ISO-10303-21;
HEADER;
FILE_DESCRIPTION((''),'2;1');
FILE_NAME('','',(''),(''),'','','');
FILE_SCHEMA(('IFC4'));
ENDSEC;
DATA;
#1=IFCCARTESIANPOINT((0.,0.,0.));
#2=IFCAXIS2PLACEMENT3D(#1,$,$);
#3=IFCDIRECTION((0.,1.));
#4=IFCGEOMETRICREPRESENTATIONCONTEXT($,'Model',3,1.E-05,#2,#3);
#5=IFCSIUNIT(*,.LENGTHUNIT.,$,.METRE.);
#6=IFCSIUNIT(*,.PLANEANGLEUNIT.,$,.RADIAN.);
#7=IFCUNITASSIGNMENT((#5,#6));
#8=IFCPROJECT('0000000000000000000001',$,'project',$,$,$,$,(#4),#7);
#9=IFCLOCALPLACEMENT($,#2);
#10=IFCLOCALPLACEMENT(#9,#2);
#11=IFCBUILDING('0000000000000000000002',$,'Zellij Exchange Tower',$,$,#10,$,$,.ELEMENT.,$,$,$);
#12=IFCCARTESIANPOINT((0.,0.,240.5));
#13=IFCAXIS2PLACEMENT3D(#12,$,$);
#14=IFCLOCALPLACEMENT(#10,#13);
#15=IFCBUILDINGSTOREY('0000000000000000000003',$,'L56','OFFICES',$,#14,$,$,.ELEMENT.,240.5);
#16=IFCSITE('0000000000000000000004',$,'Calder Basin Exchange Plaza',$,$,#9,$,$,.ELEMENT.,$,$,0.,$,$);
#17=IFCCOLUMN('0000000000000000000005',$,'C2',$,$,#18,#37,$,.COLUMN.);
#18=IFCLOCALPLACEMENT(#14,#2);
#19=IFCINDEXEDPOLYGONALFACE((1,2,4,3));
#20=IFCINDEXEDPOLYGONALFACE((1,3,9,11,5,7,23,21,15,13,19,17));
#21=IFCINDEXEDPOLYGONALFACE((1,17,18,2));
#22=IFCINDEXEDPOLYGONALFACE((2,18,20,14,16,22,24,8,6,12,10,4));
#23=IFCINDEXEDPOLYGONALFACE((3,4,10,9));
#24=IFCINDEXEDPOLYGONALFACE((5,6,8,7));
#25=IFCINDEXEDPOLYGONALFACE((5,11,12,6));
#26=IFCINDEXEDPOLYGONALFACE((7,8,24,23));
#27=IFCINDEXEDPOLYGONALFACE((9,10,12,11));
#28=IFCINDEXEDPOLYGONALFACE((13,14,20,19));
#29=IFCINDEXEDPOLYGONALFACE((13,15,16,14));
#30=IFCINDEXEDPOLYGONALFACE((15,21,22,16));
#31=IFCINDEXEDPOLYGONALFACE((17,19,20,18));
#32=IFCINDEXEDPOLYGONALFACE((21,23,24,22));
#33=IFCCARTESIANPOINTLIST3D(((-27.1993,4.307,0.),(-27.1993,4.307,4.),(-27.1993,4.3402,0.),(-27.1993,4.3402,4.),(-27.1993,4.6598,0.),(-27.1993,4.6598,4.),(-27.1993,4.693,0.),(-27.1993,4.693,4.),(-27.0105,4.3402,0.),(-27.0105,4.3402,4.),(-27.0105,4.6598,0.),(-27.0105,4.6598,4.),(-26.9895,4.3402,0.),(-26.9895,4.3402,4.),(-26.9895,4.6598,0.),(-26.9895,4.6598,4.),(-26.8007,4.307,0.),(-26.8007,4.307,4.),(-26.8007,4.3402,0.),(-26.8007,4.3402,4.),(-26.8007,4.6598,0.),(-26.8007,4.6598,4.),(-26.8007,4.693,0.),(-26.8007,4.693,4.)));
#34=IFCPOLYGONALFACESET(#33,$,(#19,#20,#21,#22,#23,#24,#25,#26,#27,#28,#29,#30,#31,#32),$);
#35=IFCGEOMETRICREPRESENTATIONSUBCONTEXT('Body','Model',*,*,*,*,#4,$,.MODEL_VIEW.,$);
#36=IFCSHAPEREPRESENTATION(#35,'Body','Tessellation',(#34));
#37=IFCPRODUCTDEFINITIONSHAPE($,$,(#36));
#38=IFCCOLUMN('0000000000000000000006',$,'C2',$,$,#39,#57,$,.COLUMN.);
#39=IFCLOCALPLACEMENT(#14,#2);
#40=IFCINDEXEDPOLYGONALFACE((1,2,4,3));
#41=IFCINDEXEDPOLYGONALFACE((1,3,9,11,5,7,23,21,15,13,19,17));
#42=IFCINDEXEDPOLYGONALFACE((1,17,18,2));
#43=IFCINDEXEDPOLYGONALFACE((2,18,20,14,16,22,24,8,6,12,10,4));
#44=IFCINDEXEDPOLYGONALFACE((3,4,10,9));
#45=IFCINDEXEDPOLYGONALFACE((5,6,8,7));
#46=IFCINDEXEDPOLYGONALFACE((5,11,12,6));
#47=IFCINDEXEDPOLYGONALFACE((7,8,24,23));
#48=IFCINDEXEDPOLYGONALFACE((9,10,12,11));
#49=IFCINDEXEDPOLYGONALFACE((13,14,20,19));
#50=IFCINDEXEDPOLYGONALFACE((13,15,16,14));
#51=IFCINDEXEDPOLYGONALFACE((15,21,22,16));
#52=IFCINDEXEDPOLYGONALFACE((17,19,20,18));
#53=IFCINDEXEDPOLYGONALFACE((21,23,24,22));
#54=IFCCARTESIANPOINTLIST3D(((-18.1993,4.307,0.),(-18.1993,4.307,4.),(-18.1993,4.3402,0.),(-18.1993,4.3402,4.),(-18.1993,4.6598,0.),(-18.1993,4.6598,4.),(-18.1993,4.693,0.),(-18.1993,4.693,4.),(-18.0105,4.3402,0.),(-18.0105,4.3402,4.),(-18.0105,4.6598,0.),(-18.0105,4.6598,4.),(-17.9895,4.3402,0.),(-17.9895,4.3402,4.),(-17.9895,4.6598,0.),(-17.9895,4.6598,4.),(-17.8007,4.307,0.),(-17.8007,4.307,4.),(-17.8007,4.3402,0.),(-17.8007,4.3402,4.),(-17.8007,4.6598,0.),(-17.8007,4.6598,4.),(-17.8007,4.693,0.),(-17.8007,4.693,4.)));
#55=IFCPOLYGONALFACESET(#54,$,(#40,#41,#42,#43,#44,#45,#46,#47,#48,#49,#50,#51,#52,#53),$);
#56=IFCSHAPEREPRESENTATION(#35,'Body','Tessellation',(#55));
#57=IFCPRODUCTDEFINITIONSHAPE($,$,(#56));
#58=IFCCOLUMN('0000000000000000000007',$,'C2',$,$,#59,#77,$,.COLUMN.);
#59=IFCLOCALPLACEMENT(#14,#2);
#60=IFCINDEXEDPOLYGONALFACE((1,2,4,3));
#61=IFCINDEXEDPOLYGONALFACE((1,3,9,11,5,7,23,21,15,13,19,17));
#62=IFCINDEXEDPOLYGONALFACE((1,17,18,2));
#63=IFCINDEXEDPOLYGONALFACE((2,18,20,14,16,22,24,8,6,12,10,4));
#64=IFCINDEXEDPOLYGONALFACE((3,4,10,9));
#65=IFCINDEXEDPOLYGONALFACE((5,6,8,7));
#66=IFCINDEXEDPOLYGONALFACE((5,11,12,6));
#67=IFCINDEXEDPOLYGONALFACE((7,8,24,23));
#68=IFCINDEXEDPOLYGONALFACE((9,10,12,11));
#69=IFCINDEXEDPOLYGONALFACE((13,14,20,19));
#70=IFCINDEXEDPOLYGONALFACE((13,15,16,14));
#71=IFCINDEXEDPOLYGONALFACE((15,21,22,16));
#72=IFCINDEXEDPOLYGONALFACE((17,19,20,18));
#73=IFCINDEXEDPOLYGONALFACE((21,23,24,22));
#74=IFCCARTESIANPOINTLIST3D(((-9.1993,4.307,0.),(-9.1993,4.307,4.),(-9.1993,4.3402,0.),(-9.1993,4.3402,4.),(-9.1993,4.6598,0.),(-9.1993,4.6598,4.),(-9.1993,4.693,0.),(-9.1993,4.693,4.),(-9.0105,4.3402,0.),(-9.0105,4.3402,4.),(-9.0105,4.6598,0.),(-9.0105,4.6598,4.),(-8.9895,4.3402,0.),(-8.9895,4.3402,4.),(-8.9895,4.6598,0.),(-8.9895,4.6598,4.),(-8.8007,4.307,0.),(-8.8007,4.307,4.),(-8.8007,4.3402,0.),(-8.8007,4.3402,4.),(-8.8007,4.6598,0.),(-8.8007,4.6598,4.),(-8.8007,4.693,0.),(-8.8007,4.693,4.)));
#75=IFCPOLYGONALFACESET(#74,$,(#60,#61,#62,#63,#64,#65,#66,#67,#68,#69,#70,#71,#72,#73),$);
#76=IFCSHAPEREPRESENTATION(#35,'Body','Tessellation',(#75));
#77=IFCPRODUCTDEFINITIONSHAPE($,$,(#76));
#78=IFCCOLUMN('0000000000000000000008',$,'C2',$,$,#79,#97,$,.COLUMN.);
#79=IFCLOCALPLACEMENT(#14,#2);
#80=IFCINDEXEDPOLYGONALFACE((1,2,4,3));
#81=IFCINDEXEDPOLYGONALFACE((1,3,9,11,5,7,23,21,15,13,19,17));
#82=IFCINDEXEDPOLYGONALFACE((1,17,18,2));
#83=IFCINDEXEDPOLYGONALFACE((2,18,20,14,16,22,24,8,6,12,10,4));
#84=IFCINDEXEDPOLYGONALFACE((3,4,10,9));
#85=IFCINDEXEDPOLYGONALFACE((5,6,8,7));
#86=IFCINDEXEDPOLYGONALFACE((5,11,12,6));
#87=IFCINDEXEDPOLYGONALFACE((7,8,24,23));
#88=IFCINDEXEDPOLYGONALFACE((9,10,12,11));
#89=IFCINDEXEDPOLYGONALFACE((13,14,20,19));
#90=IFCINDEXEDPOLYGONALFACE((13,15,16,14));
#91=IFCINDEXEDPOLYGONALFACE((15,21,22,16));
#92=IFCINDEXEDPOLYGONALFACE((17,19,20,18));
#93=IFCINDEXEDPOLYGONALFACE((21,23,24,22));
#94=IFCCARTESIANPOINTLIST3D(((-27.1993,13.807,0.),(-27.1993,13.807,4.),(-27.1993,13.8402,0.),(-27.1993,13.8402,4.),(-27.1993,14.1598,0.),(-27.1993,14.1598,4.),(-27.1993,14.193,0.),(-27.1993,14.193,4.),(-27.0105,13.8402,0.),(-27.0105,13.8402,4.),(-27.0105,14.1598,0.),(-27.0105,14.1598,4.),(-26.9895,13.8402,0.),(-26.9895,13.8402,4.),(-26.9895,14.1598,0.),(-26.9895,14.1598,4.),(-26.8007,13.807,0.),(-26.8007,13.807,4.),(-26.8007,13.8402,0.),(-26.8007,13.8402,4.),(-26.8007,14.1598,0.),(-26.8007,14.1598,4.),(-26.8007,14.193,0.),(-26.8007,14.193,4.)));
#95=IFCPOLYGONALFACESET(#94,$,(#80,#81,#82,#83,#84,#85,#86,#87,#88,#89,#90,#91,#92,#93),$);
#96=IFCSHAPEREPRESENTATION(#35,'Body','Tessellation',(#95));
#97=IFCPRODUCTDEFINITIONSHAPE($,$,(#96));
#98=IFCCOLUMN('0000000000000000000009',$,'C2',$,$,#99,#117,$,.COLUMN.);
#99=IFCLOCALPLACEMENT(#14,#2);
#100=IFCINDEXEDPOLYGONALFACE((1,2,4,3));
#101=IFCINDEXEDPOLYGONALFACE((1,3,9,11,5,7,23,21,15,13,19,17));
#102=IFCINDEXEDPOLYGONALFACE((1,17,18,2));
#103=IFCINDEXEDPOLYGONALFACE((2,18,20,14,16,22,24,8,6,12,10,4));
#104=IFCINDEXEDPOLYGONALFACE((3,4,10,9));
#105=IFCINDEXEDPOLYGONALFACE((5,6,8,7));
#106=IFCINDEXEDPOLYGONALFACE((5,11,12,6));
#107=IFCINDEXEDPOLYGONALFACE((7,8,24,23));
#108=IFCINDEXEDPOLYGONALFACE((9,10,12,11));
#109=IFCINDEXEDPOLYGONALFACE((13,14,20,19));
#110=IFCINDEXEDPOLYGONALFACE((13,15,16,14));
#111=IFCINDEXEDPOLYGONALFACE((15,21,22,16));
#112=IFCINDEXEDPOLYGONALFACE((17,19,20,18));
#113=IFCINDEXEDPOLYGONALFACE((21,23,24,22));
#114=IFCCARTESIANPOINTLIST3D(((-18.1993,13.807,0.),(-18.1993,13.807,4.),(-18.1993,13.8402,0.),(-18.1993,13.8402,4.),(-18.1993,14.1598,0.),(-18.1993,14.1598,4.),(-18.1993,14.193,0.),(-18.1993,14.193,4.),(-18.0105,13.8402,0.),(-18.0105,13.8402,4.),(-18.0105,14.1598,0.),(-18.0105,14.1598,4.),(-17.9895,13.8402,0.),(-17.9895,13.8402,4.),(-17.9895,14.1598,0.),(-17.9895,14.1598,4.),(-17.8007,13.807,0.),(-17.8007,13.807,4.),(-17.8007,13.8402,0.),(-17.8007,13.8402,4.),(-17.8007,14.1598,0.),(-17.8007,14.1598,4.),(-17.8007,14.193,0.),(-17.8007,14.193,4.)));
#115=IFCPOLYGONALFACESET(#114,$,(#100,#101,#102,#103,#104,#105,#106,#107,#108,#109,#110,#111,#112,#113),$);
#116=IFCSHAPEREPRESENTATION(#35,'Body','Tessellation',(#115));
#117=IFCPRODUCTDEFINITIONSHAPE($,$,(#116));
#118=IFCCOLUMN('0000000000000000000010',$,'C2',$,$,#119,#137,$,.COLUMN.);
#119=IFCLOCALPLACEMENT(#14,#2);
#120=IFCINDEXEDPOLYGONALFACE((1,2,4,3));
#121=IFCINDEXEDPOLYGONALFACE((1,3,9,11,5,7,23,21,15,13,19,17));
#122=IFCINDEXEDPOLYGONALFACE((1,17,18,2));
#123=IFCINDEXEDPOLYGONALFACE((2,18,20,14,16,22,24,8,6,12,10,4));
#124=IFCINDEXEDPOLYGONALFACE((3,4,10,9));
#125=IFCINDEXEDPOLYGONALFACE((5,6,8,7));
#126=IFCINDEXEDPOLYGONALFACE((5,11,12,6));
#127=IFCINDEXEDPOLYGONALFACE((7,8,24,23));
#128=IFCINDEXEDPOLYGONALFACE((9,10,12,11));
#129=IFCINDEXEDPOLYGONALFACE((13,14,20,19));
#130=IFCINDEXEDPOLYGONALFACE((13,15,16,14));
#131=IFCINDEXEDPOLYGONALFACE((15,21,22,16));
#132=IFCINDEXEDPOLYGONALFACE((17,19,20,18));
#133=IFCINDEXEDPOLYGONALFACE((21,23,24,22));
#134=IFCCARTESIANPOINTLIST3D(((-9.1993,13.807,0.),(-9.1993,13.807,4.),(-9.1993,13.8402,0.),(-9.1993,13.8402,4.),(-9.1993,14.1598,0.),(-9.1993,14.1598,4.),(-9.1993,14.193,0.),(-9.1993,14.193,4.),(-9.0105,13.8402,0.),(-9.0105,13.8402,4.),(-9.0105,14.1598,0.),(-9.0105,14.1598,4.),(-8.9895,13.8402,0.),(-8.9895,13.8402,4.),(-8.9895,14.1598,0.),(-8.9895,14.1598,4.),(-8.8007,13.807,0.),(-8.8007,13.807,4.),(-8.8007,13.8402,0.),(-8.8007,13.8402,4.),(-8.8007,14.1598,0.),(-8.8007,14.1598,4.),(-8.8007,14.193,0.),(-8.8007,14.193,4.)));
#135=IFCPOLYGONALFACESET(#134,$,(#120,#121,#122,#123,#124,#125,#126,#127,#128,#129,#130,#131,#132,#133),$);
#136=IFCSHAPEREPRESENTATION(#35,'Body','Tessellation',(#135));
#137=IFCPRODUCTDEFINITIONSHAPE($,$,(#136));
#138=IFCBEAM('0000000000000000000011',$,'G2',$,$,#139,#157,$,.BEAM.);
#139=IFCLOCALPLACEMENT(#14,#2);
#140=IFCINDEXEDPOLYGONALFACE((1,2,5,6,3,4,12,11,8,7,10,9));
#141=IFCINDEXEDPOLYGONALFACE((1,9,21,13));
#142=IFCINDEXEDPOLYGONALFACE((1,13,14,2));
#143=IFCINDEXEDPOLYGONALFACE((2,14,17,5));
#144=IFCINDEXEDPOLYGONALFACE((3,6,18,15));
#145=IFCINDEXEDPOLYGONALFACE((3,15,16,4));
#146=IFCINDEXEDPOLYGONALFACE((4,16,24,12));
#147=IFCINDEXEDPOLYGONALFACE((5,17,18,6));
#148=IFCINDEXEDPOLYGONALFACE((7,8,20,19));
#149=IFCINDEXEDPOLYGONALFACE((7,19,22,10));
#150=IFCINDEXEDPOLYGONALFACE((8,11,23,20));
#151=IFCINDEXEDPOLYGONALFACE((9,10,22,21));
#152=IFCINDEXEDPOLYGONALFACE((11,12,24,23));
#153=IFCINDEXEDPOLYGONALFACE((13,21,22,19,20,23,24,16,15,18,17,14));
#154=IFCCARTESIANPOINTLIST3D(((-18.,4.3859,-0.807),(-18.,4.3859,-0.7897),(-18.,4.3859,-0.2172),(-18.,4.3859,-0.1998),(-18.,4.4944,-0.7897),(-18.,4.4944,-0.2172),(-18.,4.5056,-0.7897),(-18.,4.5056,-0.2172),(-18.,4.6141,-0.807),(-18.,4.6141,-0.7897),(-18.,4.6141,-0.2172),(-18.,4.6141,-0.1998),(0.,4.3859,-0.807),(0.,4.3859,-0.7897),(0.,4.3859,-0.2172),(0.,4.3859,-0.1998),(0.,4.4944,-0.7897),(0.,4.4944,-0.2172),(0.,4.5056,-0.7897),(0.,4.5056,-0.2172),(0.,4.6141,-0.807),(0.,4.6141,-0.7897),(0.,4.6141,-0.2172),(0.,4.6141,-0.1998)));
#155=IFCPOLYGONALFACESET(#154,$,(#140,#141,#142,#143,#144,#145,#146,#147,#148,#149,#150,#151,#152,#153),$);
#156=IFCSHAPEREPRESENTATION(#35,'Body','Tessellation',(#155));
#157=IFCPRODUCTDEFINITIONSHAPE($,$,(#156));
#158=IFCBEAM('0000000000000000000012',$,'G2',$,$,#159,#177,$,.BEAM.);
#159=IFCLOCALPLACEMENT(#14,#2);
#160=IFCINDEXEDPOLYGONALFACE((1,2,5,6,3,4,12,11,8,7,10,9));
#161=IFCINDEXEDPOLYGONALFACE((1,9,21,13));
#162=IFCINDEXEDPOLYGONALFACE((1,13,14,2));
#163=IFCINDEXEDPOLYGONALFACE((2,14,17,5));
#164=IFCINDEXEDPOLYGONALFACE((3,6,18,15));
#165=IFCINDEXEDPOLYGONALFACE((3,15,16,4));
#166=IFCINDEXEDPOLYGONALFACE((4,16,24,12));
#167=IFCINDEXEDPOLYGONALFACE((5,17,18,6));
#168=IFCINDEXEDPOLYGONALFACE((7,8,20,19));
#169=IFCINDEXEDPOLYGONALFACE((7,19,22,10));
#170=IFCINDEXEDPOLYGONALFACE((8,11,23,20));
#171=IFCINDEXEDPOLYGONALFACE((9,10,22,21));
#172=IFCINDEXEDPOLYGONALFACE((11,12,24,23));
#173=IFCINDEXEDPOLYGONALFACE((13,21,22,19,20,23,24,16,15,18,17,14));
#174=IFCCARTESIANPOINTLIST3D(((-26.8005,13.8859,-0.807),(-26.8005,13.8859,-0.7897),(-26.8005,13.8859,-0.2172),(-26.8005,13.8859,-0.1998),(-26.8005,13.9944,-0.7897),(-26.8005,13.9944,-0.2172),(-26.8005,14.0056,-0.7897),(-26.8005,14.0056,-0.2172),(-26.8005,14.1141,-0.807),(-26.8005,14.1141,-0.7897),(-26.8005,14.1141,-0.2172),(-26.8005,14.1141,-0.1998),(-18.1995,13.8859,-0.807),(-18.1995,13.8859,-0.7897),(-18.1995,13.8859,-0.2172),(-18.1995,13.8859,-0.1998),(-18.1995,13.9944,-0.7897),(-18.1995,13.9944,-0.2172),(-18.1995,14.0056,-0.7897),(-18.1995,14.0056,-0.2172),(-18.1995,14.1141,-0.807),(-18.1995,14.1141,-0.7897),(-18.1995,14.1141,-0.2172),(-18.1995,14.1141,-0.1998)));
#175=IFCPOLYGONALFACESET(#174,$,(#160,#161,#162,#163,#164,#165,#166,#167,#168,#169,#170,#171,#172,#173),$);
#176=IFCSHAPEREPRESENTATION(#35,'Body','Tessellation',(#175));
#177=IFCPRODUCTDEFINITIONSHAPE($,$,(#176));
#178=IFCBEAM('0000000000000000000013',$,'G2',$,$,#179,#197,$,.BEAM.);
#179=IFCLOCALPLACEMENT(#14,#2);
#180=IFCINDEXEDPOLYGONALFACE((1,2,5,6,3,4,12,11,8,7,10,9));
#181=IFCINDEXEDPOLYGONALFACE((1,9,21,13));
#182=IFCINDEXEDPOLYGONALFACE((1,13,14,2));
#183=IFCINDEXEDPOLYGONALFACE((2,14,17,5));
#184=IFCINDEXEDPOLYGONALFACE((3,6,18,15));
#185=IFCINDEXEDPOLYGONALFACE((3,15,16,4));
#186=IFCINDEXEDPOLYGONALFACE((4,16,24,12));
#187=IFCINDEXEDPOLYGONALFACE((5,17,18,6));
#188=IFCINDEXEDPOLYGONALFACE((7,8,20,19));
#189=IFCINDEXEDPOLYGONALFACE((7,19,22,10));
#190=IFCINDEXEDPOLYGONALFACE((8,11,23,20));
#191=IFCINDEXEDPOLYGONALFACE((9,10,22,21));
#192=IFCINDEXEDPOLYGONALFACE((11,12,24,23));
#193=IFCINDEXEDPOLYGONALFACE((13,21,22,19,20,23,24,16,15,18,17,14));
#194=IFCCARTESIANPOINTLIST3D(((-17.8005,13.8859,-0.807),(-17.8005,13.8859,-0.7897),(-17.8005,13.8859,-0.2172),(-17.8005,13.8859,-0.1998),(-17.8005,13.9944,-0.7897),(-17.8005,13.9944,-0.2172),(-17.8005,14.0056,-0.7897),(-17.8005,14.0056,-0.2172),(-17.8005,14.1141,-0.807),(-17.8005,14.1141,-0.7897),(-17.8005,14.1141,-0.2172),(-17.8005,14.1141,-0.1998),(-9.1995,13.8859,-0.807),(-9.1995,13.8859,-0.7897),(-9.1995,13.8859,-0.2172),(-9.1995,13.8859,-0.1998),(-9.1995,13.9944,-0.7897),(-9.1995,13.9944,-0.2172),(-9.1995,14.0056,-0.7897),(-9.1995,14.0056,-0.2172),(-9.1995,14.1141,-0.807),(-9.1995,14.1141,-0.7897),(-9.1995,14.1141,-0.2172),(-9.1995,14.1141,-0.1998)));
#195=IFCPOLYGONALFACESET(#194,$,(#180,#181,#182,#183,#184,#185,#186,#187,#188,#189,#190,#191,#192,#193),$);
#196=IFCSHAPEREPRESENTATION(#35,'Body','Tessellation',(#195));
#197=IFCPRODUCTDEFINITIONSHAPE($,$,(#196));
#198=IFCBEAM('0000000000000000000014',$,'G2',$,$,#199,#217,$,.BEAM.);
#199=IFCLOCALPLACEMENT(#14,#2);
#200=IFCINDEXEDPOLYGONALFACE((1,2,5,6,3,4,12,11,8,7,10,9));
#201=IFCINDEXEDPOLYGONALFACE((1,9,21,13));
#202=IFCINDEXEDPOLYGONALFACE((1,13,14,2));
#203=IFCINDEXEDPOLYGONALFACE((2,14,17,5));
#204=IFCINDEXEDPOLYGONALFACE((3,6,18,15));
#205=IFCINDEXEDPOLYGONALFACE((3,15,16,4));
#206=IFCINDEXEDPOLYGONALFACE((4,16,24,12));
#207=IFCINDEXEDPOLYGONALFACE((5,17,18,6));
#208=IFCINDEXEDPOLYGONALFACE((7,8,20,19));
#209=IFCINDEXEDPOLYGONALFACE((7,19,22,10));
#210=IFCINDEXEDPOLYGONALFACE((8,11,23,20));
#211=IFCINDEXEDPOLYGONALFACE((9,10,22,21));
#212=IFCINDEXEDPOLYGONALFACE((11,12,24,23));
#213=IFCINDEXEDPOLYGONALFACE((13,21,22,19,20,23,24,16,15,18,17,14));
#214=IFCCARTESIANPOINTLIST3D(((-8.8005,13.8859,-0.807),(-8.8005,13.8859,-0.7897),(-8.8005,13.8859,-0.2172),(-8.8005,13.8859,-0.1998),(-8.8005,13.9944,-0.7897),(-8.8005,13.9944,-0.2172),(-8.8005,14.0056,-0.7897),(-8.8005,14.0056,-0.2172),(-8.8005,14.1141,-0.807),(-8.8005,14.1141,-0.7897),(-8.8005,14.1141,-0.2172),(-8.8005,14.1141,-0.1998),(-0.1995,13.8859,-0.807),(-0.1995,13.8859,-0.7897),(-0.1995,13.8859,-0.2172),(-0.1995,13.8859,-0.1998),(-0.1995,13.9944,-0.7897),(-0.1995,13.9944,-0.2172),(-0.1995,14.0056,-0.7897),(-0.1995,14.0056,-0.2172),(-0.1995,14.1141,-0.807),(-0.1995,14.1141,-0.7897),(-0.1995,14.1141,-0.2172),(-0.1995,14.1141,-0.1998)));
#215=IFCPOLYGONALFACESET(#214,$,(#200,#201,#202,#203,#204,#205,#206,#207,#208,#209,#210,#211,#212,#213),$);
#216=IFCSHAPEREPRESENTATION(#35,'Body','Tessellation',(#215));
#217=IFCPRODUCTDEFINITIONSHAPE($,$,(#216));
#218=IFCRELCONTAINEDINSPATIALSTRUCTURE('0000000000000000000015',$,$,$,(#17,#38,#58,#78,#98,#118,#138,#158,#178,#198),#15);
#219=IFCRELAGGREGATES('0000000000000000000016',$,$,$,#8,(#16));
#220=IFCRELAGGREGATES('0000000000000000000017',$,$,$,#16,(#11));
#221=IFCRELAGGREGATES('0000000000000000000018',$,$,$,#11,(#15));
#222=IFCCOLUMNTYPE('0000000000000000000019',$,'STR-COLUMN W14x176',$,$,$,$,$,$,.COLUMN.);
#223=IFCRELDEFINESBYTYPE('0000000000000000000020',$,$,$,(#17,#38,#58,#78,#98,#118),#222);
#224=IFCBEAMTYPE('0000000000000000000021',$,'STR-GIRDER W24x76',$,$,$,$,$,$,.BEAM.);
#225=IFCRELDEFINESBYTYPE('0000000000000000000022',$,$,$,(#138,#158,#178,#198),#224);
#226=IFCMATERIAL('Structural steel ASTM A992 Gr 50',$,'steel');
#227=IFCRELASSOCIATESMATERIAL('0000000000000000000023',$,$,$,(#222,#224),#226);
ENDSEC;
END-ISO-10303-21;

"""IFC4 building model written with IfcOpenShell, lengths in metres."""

from ifc_helpers import new_model, si_unit, direction, frame, origin, origin_2d, place, context, subcontext, project, spatial, i_section, extrude, material, material_profile, profile_set, type_object, element, save


model = new_model("IFC4")

# Units and contexts
model_context = context("Model", 3, precision=1e-05, world=origin(), true_north=direction((0.0, 1.0)))
body_context = subcontext(model_context, "Body", "Model", "MODEL_VIEW")
ifc_project = project(units=[si_unit("LENGTHUNIT", "METRE"), si_unit("PLANEANGLEUNIT", "RADIAN")], contexts=[model_context])

# Site, building, storey
site_placement = place(None, origin())
site = spatial("IfcSite", under=ifc_project, at=site_placement, Name="Calder Basin Exchange Plaza", CompositionType="ELEMENT", RefElevation=0.0)
building_placement = place(site_placement, origin())
building = spatial("IfcBuilding", under=site, at=building_placement, Name="Zellij Exchange Tower", CompositionType="ELEMENT")
storey_placement = place(building_placement, frame((0.0, 0.0, 240.5)))
storey = spatial("IfcBuildingStorey", under=building, at=storey_placement, Name="L56", Description="OFFICES", CompositionType="ELEMENT", Elevation=240.5)

# Columns
ifc_material_1 = material(Name="Structural steel ASTM A992 Gr 50", Category="steel")
ifc_material_profile_1 = material_profile(ifc_material_1, i_section(OverallWidth=0.3987, OverallDepth=0.386, WebThickness=0.021, FlangeThickness=0.0332, at=origin_2d()), Name="W14x176")
ifc_profile_set_1 = profile_set([ifc_material_profile_1], Name="Structural steel ASTM A992 Gr 50")
column_type = type_object("IfcColumnType", Name="STR-COLUMN W14x176", PredefinedType="COLUMN", material=ifc_profile_set_1)
for number, where, z_axis, x_axis, name in (
    (1, (-27.0, 4.5, 0.0), (0.0, 0.0, 1.0), (1.0, 0.0, 0.0), "C2"),
    (2, (-18.0, 4.5, 0.0), (0.0, 0.0, 1.0), (1.0, 0.0, 0.0), "C2"),
    (3, (-9.0, 4.5, 0.0), (0.0, 0.0, 1.0), (1.0, 0.0, 0.0), "C2"),
    (4, (-27.0, 14.0, 0.0), (0.0, 0.0, 1.0), (1.0, 0.0, 0.0), "C2"),
    (5, (-18.0, 14.0, 0.0), (0.0, 0.0, 1.0), (1.0, 0.0, 0.0), "C2"),
    (6, (-9.0, 14.0, 0.0), (0.0, 0.0, 1.0), (1.0, 0.0, 0.0), "C2"),
):
    element("IfcColumn", number, at=place(storey_placement, frame(where, z_axis=z_axis, x_axis=x_axis)), inside=storey, type_object=column_type, Name=name, PredefinedType="COLUMN", context=body_context, shape_type="SweptSolid", body=[
        extrude(i_section(OverallWidth=0.3987, OverallDepth=0.386, WebThickness=0.021, FlangeThickness=0.0332, at=origin_2d()), origin(), (0.0, 0.0, 1.0), 4.0),
    ])

# Beams
ifc_material_profile_2 = material_profile(ifc_material_1, i_section(OverallWidth=0.2283, OverallDepth=0.6072, WebThickness=0.0112, FlangeThickness=0.0173, at=origin_2d()), Name="W24x76")
ifc_profile_set_2 = profile_set([ifc_material_profile_2], Name="Structural steel ASTM A992 Gr 50")
beam_type = type_object("IfcBeamType", Name="STR-GIRDER W24x76", PredefinedType="BEAM", material=ifc_profile_set_2)
beam_1_placement = place(storey_placement, frame((-18.0, 4.5, -0.5034), z_axis=(1.0, 0.0, 0.0), x_axis=(0.0, 1.0, 0.0)))
element("IfcBeam", 7, at=beam_1_placement, inside=storey, type_object=beam_type, Name="G2", PredefinedType="BEAM", context=body_context, shape_type="SweptSolid", body=[
    extrude(i_section(OverallWidth=0.2283, OverallDepth=0.6072, WebThickness=0.0112, FlangeThickness=0.0173, at=origin_2d()), origin(), (0.0, 0.0, 1.0), 18.0),
])
for number, where, z_axis, x_axis, name in (
    (8, (-26.8005, 14.0, -0.5034), (1.0, 0.0, 0.0), (0.0, 1.0, 0.0), "G2"),
    (9, (-17.8005, 14.0, -0.5034), (1.0, 0.0, 0.0), (0.0, 1.0, 0.0), "G2"),
    (10, (-8.8005, 14.0, -0.5034), (1.0, 0.0, 0.0), (0.0, 1.0, 0.0), "G2"),
):
    element("IfcBeam", number, at=place(storey_placement, frame(where, z_axis=z_axis, x_axis=x_axis)), inside=storey, type_object=beam_type, Name=name, PredefinedType="BEAM", context=body_context, shape_type="SweptSolid", body=[
        extrude(i_section(OverallWidth=0.2283, OverallDepth=0.6072, WebThickness=0.0112, FlangeThickness=0.0173, at=origin_2d()), origin(), (0.0, 0.0, 1.0), 8.6011),
    ])

save(model, "model.ifc")
